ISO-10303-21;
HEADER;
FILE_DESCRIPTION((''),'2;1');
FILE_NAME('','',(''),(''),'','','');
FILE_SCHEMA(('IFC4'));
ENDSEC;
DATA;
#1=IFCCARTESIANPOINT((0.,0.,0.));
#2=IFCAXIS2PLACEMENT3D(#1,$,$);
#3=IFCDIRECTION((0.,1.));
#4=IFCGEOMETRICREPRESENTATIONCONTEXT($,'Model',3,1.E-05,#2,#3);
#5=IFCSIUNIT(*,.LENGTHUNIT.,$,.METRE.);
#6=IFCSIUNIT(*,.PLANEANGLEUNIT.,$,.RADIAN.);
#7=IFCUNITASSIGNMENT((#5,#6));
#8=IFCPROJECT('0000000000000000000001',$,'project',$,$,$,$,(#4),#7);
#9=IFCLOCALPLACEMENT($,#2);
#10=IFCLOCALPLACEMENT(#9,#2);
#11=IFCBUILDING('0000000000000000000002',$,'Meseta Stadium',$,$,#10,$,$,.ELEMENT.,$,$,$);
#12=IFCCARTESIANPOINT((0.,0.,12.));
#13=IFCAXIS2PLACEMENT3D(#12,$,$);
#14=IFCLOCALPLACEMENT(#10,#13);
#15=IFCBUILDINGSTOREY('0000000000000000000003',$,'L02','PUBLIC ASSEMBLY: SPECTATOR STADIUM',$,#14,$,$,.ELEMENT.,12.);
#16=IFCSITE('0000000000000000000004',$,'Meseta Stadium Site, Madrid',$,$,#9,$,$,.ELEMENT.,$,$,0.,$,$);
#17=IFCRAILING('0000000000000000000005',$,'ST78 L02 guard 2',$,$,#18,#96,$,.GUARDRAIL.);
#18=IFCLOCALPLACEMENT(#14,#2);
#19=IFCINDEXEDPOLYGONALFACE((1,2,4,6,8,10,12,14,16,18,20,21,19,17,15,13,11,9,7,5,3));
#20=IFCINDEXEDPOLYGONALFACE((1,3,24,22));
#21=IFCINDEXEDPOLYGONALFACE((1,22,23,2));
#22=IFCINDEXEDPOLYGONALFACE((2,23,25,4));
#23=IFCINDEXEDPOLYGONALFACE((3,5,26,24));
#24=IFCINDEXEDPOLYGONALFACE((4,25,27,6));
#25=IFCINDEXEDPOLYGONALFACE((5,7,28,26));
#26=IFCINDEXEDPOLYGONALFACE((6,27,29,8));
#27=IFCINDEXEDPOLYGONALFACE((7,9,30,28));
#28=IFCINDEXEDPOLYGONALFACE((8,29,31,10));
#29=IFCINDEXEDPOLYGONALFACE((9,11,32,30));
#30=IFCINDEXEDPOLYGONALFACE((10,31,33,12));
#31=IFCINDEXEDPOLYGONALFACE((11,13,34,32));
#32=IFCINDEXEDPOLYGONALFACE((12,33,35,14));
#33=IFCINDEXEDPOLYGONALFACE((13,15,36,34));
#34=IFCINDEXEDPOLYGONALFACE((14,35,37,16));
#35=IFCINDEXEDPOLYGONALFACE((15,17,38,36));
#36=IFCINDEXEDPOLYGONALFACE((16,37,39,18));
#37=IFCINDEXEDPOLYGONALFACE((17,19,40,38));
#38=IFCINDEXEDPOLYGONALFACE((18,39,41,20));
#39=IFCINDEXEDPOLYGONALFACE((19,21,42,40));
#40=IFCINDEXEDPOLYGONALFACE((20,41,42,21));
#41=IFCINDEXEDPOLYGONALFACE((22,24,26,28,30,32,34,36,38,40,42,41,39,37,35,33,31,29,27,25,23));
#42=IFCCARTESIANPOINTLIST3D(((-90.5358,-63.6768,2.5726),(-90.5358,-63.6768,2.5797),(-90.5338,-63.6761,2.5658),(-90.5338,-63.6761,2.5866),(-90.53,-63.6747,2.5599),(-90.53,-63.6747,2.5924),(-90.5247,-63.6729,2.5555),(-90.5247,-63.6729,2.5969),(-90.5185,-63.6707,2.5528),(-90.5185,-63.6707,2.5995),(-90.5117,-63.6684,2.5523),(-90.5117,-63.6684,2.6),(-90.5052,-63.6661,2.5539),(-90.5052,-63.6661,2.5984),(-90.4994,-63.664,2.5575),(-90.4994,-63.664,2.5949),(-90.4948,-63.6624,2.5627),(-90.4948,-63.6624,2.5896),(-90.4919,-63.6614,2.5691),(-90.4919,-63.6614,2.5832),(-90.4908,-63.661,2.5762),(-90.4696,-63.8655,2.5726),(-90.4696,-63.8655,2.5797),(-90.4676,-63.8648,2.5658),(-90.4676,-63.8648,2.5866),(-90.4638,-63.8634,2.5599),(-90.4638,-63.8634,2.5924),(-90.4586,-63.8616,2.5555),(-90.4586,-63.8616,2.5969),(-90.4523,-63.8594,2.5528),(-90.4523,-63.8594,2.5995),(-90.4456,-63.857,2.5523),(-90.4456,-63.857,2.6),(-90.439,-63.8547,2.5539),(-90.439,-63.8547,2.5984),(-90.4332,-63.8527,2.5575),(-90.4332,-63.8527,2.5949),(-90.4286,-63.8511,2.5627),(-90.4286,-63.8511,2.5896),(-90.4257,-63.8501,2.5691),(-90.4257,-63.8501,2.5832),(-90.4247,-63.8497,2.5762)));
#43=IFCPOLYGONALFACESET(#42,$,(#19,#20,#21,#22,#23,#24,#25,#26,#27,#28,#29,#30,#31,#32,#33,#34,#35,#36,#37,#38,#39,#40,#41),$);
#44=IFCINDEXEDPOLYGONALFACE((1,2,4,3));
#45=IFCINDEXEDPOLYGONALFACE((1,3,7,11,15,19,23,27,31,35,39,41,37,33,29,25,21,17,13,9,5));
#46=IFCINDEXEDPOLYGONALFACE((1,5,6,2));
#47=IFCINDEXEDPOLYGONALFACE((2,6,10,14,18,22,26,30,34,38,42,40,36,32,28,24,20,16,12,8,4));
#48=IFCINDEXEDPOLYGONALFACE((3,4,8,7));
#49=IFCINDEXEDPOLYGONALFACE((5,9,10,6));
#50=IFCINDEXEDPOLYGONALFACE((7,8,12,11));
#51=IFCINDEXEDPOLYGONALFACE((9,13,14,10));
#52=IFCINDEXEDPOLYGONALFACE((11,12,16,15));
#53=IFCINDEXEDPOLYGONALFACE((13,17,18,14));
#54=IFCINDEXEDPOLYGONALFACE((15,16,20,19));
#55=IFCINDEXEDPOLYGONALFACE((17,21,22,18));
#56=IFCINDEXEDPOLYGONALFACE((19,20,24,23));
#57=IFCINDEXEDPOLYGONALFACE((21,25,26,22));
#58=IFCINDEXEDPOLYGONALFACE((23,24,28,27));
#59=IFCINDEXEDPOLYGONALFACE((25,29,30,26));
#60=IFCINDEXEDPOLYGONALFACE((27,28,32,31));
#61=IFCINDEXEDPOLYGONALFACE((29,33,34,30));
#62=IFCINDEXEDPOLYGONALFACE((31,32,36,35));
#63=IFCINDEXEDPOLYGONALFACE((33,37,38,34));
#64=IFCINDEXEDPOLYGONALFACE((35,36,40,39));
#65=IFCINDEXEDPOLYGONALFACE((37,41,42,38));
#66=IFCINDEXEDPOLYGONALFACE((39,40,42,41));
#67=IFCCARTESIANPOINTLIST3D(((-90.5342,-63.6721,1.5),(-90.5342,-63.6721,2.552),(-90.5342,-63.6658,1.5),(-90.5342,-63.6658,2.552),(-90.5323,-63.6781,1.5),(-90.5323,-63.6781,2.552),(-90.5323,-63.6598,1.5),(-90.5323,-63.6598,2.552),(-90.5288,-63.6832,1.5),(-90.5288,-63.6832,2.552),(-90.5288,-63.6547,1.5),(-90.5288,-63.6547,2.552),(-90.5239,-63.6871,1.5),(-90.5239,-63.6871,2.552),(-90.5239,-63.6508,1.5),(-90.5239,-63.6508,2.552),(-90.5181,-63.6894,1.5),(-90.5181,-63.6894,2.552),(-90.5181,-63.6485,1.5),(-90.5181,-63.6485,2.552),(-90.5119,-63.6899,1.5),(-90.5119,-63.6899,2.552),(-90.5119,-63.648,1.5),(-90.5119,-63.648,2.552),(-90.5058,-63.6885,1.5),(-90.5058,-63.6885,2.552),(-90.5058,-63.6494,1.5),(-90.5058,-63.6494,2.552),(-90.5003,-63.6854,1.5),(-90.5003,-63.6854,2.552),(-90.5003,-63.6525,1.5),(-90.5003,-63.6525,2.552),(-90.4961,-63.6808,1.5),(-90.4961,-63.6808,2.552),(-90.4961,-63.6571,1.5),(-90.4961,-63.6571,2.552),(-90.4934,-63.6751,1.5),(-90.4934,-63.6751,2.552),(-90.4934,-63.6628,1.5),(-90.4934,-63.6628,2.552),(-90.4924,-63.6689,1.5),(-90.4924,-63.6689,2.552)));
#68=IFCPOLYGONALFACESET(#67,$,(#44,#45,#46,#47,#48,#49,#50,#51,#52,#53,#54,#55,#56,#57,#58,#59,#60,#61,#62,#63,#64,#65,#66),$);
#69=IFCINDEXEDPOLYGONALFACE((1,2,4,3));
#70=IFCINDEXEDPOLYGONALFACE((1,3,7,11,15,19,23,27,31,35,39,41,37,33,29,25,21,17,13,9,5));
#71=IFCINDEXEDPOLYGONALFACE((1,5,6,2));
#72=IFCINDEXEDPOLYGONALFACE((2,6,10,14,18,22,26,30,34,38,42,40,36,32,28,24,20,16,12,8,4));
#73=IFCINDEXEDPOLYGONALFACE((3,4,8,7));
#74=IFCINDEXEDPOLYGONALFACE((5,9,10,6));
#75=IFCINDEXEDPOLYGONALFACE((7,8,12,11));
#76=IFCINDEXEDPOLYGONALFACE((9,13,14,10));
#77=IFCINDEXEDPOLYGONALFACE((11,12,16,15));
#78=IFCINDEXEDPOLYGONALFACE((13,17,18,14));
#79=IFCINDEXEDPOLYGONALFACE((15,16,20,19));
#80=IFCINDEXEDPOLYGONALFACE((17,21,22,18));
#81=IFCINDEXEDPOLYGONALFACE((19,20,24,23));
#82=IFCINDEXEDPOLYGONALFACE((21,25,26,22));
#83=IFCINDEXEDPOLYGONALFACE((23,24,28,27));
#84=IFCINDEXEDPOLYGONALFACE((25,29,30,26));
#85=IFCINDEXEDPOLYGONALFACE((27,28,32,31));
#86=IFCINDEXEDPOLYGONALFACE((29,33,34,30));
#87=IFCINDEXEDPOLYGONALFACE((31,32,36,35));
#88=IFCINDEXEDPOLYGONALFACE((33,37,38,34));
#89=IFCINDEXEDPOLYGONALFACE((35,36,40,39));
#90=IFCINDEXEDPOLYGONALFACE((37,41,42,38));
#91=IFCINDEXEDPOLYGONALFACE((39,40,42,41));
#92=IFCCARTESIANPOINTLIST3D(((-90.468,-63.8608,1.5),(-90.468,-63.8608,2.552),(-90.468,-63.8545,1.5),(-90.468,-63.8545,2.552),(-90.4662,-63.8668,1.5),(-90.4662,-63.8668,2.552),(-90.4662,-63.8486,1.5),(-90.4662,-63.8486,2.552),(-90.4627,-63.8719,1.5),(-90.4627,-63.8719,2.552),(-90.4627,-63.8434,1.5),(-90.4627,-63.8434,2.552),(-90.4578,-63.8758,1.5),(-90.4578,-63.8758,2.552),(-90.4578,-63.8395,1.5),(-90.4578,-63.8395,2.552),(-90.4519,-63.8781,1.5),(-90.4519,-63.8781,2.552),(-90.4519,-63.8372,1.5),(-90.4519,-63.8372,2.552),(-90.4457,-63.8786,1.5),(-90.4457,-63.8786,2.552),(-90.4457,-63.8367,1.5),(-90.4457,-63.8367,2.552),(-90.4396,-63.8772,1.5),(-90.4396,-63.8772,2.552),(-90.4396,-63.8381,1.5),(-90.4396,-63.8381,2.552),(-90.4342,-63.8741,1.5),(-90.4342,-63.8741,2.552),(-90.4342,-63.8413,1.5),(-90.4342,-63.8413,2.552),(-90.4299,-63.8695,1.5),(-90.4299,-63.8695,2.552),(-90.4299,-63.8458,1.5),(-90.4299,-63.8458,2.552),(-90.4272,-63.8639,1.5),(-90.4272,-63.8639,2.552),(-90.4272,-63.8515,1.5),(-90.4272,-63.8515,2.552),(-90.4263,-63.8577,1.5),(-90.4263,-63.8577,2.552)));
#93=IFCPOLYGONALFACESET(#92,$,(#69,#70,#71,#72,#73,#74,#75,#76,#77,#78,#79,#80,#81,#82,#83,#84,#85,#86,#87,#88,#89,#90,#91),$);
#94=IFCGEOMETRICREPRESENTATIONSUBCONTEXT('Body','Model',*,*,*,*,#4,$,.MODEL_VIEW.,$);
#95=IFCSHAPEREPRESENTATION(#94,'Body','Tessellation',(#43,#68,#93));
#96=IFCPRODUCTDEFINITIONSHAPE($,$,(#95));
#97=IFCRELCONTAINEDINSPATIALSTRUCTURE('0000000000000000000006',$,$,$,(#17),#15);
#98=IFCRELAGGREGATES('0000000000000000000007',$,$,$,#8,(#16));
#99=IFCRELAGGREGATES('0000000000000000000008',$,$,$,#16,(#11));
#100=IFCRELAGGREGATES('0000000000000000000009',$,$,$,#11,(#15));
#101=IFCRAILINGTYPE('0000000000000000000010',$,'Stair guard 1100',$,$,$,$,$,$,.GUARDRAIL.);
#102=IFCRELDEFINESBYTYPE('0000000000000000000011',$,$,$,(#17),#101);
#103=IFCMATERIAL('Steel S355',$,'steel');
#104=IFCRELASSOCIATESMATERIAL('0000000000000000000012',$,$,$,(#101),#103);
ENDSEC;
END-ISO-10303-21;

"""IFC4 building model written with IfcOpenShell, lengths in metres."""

from ifc_helpers import new_model, si_unit, direction, frame, origin, origin_2d, place, context, subcontext, project, spatial, circle, extrude, material, type_object, element, save


model = new_model("IFC4")

# Units and contexts
model_context = context("Model", 3, precision=1e-05, world=origin(), true_north=direction((0.0, 1.0)))
body_context = subcontext(model_context, "Body", "Model", "MODEL_VIEW")
ifc_project = project(units=[si_unit("LENGTHUNIT", "METRE"), si_unit("PLANEANGLEUNIT", "RADIAN")], contexts=[model_context])

# Site, building, storey
site_placement = place(None, origin())
site = spatial("IfcSite", under=ifc_project, at=site_placement, Name="Meseta Stadium Site, Madrid", CompositionType="ELEMENT", RefElevation=0.0)
building_placement = place(site_placement, origin())
building = spatial("IfcBuilding", under=site, at=building_placement, Name="Meseta Stadium", CompositionType="ELEMENT")
storey_placement = place(building_placement, frame((0.0, 0.0, 12.0)))
storey = spatial("IfcBuildingStorey", under=building, at=storey_placement, Name="L02", Description="PUBLIC ASSEMBLY: SPECTATOR STADIUM", CompositionType="ELEMENT", Elevation=12.0)

# Railing
ifc_material_1 = material(Name="Steel S355", Category="steel")
railing_type_1 = type_object("IfcRailingType", Name="Stair guard 1100", PredefinedType="GUARDRAIL", material=ifc_material_1)
railing_1_placement = place(storey_placement, frame((-90.5134, -63.6689, 1.5)))
element("IfcRailing", 1, at=railing_1_placement, inside=storey, type_object=railing_type_1, Name="ST78 L02 guard 2", PredefinedType="GUARDRAIL", context=body_context, shape_type="SweptSolid", body=[
    extrude(circle(Radius=0.0239, at=origin_2d()), frame((0.0, 0.0, 1.0762), z_axis=(0.33084, -0.943687, 0.0), x_axis=(0.943687, 0.33084, 0.0)), (0.0, 0.0, 1.0), 0.2),
    extrude(circle(Radius=0.021, at=origin_2d()), origin(), (0.0, 0.0, 1.0), 1.052),
    extrude(circle(Radius=0.021, at=origin_2d()), frame((0.0662, -0.1887, 0.0)), (0.0, 0.0, 1.0), 1.052),
])

save(model, "model.ifc")
